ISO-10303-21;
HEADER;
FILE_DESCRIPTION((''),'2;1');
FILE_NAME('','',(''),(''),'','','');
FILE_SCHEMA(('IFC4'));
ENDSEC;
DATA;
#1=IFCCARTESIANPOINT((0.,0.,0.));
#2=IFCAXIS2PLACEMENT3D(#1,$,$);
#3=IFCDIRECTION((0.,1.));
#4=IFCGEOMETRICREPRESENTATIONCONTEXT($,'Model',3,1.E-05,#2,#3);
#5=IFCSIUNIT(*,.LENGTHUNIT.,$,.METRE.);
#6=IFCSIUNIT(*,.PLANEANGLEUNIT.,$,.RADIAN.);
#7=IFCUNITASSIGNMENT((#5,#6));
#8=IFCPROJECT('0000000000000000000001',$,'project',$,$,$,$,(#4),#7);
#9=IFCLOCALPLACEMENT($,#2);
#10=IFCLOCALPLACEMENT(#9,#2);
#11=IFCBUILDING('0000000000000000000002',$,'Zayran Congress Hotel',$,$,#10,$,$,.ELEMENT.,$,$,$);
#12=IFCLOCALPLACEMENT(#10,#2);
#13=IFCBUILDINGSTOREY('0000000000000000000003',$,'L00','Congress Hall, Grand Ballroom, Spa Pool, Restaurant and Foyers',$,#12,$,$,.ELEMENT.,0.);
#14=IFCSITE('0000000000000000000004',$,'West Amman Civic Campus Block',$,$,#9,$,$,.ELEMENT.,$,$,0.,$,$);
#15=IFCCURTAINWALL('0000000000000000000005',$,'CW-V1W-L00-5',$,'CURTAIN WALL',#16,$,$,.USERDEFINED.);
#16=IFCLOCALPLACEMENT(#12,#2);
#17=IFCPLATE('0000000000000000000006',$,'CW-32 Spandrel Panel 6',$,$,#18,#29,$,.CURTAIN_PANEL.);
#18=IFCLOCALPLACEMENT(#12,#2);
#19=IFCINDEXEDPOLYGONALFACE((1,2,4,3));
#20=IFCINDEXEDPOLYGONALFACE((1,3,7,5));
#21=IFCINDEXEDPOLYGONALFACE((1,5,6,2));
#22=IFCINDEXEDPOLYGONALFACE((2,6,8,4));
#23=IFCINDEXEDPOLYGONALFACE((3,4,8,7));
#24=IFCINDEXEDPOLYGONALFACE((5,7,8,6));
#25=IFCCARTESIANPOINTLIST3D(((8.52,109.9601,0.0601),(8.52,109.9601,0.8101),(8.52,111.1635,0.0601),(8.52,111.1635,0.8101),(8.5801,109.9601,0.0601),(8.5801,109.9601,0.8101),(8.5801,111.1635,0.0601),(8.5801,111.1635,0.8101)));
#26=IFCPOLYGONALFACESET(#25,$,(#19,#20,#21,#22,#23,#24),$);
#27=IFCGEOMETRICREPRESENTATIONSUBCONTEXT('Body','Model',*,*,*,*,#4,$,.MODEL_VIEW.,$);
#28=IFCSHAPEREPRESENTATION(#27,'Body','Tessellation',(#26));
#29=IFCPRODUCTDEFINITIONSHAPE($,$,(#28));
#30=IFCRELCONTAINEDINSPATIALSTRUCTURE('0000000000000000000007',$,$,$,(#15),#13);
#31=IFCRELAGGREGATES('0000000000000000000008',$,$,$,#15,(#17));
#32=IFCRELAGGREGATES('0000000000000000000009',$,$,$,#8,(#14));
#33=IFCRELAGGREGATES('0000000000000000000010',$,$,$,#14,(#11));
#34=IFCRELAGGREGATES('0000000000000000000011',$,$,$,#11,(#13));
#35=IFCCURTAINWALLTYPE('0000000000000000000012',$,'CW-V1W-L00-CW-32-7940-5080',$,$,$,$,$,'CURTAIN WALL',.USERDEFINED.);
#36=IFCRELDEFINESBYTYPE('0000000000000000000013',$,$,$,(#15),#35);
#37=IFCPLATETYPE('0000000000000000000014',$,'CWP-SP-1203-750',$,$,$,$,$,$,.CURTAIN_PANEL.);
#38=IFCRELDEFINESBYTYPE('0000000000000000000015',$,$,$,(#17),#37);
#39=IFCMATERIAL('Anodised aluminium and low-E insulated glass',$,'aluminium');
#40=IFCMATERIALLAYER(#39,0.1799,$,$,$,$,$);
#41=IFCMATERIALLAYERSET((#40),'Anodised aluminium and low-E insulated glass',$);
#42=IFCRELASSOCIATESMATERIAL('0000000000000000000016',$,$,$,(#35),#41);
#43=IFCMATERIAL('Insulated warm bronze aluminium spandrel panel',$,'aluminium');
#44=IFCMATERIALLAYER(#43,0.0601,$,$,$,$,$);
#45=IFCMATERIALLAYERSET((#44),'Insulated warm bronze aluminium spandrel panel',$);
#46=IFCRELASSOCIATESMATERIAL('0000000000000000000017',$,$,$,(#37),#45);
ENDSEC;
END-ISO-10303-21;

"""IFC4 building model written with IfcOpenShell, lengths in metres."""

from ifc_helpers import new_model, si_unit, direction, frame, origin, origin_2d, place, context, subcontext, project, spatial, rectangle, extrude, material, layer, layer_set, type_object, element, aggregate, save


model = new_model("IFC4")

# Units and contexts
model_context = context("Model", 3, precision=1e-05, world=origin(), true_north=direction((0.0, 1.0)))
body_context = subcontext(model_context, "Body", "Model", "MODEL_VIEW")
ifc_project = project(units=[si_unit("LENGTHUNIT", "METRE"), si_unit("PLANEANGLEUNIT", "RADIAN")], contexts=[model_context])

# Site, building, storey
site_placement = place(None, origin())
site = spatial("IfcSite", under=ifc_project, at=site_placement, Name="West Amman Civic Campus Block", CompositionType="ELEMENT", RefElevation=0.0)
building_placement = place(site_placement, origin())
building = spatial("IfcBuilding", under=site, at=building_placement, Name="Zayran Congress Hotel", CompositionType="ELEMENT")
storey_placement = place(building_placement, origin())
storey = spatial("IfcBuildingStorey", under=building, at=storey_placement, Name="L00", Description="Congress Hall, Grand Ballroom, Spa Pool, Restaurant and Foyers", CompositionType="ELEMENT", Elevation=0.0)

# Curtain wall
ifc_material_1 = material(Name="Anodised aluminium and low-E insulated glass", Category="aluminium")
ifc_layer_1 = layer(ifc_material_1, 0.1799)
ifc_layer_set_1 = layer_set([ifc_layer_1], Name="Anodised aluminium and low-E insulated glass")
curtain_wall_type_1 = type_object("IfcCurtainWallType", Name="CW-V1W-L00-CW-32-7940-5080", ElementType="CURTAIN WALL", PredefinedType="USERDEFINED", material=ifc_layer_set_1)
curtain_wall_1_placement = place(storey_placement, origin())
curtain_wall_1 = element("IfcCurtainWall", 1, at=curtain_wall_1_placement, inside=storey, type_object=curtain_wall_type_1, Name="CW-V1W-L00-5", ObjectType="CURTAIN WALL", PredefinedType="USERDEFINED")

# Plate
ifc_material_2 = material(Name="Insulated warm bronze aluminium spandrel panel", Category="aluminium")
ifc_layer_2 = layer(ifc_material_2, 0.0601)
ifc_layer_set_2 = layer_set([ifc_layer_2], Name="Insulated warm bronze aluminium spandrel panel")
plate_type_1 = type_object("IfcPlateType", Name="CWP-SP-1203-750", PredefinedType="CURTAIN_PANEL", material=ifc_layer_set_2)
plate_1_placement = place(storey_placement, frame((8.55, 110.5618, 0.0601), z_axis=(0.0, 0.0, 1.0), x_axis=(0.0, 1.0, 0.0)))
plate_1 = element("IfcPlate", 2, at=plate_1_placement, type_object=plate_type_1, Name="CW-32 Spandrel Panel 6", PredefinedType="CURTAIN_PANEL", context=body_context, shape_type="SweptSolid", body=[
    extrude(rectangle(XDim=1.2034, YDim=0.0601, at=origin_2d()), origin(), (0.0, 0.0, 1.0), 0.75),
])
aggregate(curtain_wall_1, [plate_1])

save(model, "model.ifc")
